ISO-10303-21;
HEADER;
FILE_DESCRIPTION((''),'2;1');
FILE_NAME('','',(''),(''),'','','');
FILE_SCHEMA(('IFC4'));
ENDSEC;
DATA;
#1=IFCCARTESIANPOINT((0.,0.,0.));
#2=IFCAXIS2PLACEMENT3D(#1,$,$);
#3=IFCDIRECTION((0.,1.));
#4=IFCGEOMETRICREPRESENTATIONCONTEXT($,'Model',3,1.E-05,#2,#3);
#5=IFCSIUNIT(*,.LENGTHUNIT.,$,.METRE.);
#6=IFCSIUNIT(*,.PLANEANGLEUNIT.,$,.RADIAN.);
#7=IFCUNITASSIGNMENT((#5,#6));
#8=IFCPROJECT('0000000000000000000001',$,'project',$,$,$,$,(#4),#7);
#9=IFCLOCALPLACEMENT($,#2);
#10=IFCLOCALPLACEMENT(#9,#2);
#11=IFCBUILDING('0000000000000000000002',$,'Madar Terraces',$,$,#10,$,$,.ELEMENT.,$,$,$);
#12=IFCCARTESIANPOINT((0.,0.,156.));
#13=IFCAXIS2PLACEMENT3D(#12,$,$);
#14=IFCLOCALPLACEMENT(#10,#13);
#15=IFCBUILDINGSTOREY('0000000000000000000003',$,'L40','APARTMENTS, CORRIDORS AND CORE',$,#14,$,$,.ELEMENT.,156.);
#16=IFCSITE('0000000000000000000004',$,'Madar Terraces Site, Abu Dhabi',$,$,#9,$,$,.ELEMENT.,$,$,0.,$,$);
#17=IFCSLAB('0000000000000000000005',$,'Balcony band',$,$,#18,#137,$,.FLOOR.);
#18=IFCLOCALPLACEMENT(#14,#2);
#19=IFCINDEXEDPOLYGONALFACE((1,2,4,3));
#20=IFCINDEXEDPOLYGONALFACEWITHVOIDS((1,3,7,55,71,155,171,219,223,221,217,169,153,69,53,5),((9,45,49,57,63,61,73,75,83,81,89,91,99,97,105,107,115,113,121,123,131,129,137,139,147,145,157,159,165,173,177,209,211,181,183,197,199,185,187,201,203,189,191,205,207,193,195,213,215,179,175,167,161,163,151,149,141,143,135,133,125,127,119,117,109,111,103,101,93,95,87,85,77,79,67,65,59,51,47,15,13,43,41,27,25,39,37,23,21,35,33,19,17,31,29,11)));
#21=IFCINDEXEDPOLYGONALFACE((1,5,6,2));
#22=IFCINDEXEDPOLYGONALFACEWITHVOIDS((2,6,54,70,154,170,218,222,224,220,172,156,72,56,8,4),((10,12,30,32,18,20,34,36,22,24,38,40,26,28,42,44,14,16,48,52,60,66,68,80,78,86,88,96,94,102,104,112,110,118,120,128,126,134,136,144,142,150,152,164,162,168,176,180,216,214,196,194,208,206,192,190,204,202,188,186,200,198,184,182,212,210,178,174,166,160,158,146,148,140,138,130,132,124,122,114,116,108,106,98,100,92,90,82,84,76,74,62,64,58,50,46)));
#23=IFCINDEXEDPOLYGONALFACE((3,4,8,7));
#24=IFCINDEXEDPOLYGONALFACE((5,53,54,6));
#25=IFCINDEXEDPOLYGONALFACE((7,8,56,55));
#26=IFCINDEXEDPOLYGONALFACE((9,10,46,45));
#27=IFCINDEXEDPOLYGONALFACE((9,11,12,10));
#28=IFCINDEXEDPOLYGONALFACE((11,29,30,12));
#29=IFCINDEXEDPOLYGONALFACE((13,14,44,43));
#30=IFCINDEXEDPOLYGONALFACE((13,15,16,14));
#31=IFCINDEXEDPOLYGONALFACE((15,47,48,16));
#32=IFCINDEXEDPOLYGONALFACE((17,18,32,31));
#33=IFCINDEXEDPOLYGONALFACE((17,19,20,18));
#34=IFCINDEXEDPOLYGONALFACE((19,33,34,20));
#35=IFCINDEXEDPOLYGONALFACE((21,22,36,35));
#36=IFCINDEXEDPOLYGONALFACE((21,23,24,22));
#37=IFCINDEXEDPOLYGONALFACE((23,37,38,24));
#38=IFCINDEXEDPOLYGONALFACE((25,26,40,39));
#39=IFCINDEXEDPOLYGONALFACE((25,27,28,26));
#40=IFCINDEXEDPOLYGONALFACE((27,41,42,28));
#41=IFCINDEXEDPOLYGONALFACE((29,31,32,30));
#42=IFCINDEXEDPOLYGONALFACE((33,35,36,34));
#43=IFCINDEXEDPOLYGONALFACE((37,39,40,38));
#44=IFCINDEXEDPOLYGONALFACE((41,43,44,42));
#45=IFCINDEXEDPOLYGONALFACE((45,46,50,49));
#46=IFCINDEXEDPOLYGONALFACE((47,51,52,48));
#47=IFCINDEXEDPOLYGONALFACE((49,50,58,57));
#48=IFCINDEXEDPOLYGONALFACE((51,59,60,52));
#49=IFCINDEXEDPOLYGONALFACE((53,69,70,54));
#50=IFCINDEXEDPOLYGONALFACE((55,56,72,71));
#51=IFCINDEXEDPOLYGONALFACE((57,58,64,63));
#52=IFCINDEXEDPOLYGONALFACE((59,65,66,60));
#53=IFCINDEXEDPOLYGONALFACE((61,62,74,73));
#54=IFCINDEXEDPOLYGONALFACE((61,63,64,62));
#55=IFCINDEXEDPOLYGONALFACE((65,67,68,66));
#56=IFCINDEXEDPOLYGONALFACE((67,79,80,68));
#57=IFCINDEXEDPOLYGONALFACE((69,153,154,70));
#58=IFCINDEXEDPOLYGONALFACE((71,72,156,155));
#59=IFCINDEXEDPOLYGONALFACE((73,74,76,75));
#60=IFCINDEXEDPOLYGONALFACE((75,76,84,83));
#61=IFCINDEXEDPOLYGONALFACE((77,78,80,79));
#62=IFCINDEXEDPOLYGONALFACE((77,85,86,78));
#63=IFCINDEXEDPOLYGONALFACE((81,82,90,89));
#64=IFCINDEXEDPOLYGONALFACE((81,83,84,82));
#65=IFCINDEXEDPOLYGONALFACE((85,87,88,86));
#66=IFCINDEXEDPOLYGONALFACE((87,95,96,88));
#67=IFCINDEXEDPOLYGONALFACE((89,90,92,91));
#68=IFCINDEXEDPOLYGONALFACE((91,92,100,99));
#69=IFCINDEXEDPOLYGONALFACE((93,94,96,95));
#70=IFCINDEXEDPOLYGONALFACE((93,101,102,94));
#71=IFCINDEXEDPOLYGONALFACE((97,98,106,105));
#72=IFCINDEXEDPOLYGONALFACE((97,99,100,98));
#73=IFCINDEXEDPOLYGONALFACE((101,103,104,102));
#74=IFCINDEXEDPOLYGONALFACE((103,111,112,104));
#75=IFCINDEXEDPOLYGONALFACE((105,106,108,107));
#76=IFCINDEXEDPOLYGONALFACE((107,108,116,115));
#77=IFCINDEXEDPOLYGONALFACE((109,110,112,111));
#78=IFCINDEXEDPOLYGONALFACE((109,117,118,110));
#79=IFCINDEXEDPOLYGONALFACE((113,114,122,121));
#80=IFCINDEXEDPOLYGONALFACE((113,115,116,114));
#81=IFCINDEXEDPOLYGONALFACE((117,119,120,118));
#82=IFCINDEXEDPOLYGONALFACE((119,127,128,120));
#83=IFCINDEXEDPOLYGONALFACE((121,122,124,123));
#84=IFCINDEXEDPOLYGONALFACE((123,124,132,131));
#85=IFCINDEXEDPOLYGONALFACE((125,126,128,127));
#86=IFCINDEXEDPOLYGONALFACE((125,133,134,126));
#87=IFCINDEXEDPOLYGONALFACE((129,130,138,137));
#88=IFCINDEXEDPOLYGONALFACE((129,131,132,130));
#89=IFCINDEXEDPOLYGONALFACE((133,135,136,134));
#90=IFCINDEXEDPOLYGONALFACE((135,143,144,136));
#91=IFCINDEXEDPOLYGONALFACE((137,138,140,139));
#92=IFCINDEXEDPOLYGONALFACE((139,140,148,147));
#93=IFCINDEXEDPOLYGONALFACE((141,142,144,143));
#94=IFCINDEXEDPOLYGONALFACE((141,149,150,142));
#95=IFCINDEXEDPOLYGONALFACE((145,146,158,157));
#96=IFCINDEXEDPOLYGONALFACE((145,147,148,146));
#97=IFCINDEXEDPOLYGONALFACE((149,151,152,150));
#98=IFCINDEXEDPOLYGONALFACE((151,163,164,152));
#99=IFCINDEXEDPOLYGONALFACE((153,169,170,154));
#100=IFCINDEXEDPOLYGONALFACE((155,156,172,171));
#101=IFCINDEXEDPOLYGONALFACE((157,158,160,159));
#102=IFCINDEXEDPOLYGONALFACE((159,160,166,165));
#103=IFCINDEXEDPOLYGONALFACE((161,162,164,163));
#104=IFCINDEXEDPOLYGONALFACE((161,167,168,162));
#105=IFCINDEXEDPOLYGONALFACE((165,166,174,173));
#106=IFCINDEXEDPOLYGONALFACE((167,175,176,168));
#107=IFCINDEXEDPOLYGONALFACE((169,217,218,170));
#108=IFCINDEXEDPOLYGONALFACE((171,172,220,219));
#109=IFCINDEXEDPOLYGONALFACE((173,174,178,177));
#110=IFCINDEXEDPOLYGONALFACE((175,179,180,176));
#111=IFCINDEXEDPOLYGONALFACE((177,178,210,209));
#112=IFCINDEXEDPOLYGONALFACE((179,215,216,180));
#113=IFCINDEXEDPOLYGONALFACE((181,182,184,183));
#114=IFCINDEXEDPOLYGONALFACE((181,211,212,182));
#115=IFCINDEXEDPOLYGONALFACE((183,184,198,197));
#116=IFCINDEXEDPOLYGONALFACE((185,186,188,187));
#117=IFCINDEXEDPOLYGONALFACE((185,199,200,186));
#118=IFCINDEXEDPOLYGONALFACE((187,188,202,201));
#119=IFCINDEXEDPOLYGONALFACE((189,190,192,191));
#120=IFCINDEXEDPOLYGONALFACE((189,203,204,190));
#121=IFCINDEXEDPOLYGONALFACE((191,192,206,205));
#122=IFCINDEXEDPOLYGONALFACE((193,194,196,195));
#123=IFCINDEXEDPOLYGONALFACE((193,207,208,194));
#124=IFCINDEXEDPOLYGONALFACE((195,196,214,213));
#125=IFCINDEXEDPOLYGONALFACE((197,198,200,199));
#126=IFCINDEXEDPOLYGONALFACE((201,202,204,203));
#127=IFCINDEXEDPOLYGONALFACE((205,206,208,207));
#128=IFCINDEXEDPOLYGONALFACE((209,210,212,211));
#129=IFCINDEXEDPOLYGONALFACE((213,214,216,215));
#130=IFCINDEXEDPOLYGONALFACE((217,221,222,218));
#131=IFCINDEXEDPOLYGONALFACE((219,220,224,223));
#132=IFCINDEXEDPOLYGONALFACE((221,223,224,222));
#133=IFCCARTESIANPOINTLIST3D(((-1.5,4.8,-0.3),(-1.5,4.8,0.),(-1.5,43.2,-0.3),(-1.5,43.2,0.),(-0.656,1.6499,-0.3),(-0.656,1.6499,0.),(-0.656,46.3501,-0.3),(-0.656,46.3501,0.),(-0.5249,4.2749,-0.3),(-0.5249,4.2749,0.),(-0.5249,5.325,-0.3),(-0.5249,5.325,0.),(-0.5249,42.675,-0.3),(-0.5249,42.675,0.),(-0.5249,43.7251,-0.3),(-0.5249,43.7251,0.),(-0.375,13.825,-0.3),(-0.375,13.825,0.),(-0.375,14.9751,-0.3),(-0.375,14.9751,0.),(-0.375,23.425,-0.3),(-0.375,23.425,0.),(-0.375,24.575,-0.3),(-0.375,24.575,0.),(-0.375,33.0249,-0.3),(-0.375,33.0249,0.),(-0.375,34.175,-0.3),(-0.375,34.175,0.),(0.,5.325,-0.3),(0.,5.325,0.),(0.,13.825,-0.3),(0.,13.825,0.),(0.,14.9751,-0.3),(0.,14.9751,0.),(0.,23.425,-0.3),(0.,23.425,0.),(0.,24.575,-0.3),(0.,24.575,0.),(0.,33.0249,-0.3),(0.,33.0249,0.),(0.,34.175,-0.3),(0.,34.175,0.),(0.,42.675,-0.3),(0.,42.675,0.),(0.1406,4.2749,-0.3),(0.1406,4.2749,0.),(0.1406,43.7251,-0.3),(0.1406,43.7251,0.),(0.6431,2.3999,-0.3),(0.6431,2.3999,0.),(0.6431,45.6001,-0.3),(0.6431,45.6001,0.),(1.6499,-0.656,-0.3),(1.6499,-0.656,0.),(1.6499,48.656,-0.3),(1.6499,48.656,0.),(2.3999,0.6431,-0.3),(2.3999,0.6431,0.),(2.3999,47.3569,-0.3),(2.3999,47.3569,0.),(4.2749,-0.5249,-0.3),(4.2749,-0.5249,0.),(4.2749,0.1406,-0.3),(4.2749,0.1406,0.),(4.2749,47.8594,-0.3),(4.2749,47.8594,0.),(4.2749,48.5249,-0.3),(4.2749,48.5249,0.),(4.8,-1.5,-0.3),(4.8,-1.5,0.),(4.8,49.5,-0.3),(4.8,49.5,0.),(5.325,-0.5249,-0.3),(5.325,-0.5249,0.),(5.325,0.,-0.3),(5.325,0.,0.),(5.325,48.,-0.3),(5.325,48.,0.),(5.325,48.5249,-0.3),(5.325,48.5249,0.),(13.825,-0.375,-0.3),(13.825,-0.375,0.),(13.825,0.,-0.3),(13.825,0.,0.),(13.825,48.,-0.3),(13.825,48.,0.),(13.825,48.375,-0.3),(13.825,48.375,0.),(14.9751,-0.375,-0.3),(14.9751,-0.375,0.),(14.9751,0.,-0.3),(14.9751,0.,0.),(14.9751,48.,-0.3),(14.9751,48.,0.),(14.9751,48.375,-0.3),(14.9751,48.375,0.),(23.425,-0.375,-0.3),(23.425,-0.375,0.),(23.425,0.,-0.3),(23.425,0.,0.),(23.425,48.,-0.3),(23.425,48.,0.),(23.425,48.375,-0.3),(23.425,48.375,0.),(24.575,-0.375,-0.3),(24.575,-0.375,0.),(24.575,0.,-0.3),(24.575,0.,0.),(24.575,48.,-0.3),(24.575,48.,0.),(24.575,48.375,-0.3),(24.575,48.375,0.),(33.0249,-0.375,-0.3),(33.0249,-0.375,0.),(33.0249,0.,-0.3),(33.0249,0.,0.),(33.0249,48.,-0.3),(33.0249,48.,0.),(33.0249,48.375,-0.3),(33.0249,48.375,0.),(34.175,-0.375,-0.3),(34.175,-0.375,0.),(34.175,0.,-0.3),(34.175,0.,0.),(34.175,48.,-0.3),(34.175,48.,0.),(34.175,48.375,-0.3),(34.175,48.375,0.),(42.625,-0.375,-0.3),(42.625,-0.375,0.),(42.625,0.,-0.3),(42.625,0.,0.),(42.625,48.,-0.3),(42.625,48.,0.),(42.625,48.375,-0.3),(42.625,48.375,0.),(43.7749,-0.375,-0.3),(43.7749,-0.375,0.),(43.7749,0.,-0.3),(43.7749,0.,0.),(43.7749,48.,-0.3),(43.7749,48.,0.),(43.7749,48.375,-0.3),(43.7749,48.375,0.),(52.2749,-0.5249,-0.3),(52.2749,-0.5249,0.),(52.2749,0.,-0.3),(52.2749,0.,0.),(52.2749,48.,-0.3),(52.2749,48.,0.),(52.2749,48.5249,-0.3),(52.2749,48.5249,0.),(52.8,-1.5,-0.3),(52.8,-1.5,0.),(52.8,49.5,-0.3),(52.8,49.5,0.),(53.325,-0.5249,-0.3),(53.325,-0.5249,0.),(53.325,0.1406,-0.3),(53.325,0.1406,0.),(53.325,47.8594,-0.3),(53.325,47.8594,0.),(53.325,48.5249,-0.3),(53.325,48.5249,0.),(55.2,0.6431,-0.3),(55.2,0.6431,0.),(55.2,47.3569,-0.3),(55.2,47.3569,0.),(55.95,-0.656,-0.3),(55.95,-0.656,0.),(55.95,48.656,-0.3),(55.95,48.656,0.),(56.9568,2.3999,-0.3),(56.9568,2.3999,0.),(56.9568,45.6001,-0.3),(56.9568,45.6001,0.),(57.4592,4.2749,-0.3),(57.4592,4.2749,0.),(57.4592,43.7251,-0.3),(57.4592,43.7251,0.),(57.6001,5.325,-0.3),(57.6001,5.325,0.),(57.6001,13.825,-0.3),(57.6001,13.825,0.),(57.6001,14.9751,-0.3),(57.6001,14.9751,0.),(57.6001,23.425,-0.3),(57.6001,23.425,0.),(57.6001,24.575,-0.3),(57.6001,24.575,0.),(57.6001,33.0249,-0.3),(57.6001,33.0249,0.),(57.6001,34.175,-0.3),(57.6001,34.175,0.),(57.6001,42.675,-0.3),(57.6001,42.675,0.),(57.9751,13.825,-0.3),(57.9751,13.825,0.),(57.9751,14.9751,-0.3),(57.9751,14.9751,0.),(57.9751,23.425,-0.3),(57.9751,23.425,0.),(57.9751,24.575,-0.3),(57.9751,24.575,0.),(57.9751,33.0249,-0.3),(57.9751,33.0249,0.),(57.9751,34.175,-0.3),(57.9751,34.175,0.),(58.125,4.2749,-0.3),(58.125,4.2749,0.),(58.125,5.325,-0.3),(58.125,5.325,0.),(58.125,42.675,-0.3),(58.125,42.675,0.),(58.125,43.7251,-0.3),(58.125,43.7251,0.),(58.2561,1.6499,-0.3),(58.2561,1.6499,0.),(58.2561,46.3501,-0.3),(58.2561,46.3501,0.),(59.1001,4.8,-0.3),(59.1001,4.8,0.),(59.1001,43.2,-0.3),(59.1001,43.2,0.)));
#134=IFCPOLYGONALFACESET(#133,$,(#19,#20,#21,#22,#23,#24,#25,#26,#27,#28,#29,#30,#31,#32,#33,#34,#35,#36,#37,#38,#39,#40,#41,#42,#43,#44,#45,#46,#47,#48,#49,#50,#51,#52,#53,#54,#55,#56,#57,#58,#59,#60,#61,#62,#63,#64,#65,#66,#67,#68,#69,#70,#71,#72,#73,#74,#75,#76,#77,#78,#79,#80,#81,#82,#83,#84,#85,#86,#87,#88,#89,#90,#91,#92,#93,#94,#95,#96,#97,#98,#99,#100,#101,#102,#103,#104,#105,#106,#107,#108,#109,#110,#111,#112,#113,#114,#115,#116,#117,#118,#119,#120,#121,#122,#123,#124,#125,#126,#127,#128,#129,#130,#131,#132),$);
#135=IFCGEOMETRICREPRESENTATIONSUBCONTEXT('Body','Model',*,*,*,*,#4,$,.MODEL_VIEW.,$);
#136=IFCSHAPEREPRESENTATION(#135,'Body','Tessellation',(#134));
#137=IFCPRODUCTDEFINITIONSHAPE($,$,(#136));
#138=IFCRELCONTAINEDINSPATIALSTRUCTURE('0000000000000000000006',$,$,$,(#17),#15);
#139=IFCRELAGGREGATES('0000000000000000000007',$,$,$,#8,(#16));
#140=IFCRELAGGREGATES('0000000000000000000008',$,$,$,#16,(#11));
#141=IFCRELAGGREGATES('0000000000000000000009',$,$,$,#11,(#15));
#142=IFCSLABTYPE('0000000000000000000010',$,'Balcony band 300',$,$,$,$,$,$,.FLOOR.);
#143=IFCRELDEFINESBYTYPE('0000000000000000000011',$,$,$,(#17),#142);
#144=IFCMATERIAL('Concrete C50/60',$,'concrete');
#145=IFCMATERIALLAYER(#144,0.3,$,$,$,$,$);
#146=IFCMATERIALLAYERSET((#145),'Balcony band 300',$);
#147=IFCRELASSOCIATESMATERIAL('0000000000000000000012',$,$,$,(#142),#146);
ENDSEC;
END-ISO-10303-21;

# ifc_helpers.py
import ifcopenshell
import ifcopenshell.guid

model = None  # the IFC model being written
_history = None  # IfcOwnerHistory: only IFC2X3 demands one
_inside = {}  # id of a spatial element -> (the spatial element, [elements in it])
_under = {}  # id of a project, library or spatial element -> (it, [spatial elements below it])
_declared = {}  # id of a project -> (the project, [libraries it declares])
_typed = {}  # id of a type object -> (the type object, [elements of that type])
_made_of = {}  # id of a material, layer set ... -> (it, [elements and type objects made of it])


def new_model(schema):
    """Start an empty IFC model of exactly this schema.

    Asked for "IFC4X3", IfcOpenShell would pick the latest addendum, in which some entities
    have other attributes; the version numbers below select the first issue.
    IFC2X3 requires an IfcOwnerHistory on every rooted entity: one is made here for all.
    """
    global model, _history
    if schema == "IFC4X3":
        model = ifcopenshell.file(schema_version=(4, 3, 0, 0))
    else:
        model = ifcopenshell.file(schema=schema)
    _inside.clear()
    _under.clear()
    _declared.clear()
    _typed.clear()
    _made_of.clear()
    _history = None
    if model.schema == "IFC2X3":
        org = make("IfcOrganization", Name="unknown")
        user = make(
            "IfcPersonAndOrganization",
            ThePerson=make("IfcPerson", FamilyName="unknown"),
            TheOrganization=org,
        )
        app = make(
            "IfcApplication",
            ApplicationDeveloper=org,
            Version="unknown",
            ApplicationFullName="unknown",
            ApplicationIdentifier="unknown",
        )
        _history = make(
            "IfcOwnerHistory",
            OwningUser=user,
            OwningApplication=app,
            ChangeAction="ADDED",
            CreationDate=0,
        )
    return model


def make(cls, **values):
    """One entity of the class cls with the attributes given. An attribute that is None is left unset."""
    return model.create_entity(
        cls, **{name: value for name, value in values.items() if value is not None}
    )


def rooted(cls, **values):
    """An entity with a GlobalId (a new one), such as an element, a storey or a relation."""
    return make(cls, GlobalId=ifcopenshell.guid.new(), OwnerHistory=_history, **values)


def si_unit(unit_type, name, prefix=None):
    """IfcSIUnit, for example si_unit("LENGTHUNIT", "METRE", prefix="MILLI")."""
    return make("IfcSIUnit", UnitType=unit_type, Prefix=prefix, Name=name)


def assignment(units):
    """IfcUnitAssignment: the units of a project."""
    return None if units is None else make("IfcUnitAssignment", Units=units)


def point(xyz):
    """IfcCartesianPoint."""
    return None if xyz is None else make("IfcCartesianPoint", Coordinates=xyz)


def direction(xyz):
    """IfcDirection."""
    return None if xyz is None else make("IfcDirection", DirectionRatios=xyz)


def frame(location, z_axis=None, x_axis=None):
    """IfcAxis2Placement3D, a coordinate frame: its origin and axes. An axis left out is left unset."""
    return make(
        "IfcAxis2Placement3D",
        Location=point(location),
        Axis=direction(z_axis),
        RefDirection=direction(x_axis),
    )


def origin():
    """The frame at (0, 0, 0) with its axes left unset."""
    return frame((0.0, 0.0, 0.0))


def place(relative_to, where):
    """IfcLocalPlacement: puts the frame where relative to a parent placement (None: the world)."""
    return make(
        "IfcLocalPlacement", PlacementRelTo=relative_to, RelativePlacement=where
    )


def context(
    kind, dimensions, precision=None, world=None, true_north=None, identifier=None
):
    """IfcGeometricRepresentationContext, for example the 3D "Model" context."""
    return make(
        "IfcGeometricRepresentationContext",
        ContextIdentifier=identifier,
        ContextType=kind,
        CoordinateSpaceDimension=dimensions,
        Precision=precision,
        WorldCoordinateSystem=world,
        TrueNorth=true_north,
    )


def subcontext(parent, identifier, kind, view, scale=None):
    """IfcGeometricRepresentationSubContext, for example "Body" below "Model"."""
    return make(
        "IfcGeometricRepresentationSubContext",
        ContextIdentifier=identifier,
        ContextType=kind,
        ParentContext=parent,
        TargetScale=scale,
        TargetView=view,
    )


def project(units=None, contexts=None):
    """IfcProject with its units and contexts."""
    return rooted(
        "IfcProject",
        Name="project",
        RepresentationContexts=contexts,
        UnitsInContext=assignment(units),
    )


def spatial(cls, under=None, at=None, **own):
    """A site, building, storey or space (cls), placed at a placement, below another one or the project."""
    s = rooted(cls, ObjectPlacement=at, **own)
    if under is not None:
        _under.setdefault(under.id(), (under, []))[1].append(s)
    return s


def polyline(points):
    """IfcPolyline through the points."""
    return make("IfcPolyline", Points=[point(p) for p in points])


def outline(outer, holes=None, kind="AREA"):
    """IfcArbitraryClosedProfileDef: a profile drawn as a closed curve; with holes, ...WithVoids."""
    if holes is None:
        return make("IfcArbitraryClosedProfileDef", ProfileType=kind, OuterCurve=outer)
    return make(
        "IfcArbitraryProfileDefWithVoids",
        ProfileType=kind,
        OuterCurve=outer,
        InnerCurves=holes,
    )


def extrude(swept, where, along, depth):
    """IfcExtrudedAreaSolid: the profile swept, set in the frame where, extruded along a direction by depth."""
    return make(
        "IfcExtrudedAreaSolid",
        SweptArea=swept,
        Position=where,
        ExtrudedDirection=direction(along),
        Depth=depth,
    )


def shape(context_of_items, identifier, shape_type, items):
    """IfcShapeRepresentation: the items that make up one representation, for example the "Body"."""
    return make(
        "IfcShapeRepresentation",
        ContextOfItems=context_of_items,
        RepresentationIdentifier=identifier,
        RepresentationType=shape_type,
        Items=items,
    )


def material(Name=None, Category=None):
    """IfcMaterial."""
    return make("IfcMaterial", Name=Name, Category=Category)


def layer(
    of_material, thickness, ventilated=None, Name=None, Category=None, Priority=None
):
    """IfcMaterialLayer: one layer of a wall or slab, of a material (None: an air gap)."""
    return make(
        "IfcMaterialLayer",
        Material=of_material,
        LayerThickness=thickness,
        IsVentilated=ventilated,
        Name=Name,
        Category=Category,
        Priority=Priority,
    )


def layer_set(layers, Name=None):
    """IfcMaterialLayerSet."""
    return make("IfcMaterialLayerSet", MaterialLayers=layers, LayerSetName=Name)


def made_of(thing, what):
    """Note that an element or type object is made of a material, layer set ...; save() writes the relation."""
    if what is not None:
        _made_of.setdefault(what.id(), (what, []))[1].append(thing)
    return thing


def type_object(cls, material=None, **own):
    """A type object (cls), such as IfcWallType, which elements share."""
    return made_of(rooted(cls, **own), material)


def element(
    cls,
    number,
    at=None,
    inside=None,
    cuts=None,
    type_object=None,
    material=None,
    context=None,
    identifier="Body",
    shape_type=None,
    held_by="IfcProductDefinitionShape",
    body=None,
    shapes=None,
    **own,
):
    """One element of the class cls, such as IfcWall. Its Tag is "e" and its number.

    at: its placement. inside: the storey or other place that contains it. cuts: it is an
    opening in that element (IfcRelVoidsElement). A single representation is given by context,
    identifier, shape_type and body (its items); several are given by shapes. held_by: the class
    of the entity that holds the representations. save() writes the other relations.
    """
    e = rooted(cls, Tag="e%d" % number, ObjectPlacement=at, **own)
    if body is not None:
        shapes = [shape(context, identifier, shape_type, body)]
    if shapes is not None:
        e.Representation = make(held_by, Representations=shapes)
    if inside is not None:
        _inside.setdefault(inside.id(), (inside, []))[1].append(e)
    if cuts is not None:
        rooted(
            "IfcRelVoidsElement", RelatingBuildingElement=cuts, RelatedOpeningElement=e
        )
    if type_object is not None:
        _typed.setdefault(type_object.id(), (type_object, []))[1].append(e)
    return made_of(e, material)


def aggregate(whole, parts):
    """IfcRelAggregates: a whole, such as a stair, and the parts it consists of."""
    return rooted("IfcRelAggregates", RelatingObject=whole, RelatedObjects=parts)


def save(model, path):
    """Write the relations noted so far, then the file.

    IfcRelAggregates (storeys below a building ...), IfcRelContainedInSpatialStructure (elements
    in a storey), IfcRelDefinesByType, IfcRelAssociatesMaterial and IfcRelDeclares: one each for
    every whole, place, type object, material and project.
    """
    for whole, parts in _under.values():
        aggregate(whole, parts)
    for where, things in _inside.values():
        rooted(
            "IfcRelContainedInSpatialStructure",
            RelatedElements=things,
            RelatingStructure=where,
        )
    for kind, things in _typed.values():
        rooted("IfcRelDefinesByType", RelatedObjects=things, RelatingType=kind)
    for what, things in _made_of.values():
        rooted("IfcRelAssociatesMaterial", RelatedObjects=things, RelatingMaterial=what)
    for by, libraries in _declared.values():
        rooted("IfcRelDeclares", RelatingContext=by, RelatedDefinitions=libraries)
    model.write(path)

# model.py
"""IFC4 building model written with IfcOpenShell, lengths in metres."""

from ifc_helpers import new_model, si_unit, direction, frame, origin, place, context, subcontext, project, spatial, polyline, outline, extrude, material, layer, layer_set, type_object, element, save


model = new_model("IFC4")

# Units and contexts
model_context = context("Model", 3, precision=1e-05, world=origin(), true_north=direction((0.0, 1.0)))
body_context = subcontext(model_context, "Body", "Model", "MODEL_VIEW")
ifc_project = project(units=[si_unit("LENGTHUNIT", "METRE"), si_unit("PLANEANGLEUNIT", "RADIAN")], contexts=[model_context])

# Site, building, storey
site_placement = place(None, origin())
site = spatial("IfcSite", under=ifc_project, at=site_placement, Name="Madar Terraces Site, Abu Dhabi", CompositionType="ELEMENT", RefElevation=0.0)
building_placement = place(site_placement, origin())
building = spatial("IfcBuilding", under=site, at=building_placement, Name="Madar Terraces", CompositionType="ELEMENT")
storey_placement = place(building_placement, frame((0.0, 0.0, 156.0)))
storey = spatial("IfcBuildingStorey", under=building, at=storey_placement, Name="L40", Description="APARTMENTS, CORRIDORS AND CORE", CompositionType="ELEMENT", Elevation=156.0)

# Slab
ifc_material_1 = material(Name="Concrete C50/60", Category="concrete")
ifc_layer_1 = layer(ifc_material_1, 0.3)
ifc_layer_set_1 = layer_set([ifc_layer_1], Name="Balcony band 300")
slab_type_1 = type_object("IfcSlabType", Name="Balcony band 300", PredefinedType="FLOOR", material=ifc_layer_set_1)
slab_1_placement = place(storey_placement, frame((0.0, 0.0, -0.3)))
element("IfcSlab", 1, at=slab_1_placement, inside=storey, type_object=slab_type_1, Name="Balcony band", PredefinedType="FLOOR", context=body_context, shape_type="SweptSolid", body=[
    extrude(outline(polyline([(4.8, -1.5), (1.6499, -0.656), (-0.656, 1.6499), (-1.5, 4.8), (-1.5, 43.2), (-0.656, 46.3501), (1.6499, 48.656), (4.8, 49.5), (52.8, 49.5), (55.95, 48.656), (58.2561, 46.3501), (59.1001, 43.2), (59.1001, 4.8), (58.2561, 1.6499), (55.95, -0.656), (52.8, -1.5), (4.8, -1.5)]), holes=[polyline([(5.325, -0.5249), (5.325, 0.0), (13.825, 0.0), (13.825, -0.375), (14.9751, -0.375), (14.9751, 0.0), (23.425, 0.0), (23.425, -0.375), (24.575, -0.375), (24.575, 0.0), (33.0249, 0.0), (33.0249, -0.375), (34.175, -0.375), (34.175, 0.0), (42.625, 0.0), (42.625, -0.375), (43.7749, -0.375), (43.7749, 0.0), (52.2749, 0.0), (52.2749, -0.5249), (53.325, -0.5249), (53.325, 0.1406), (55.2, 0.6431), (56.9568, 2.3999), (57.4592, 4.2749), (58.125, 4.2749), (58.125, 5.325), (57.6001, 5.325), (57.6001, 13.825), (57.9751, 13.825), (57.9751, 14.9751), (57.6001, 14.9751), (57.6001, 23.425), (57.9751, 23.425), (57.9751, 24.575), (57.6001, 24.575), (57.6001, 33.0249), (57.9751, 33.0249), (57.9751, 34.175), (57.6001, 34.175), (57.6001, 42.675), (58.125, 42.675), (58.125, 43.7251), (57.4592, 43.7251), (56.9568, 45.6001), (55.2, 47.3569), (53.325, 47.8594), (53.325, 48.5249), (52.2749, 48.5249), (52.2749, 48.0), (43.7749, 48.0), (43.7749, 48.375), (42.625, 48.375), (42.625, 48.0), (34.175, 48.0), (34.175, 48.375), (33.0249, 48.375), (33.0249, 48.0), (24.575, 48.0), (24.575, 48.375), (23.425, 48.375), (23.425, 48.0), (14.9751, 48.0), (14.9751, 48.375), (13.825, 48.375), (13.825, 48.0), (5.325, 48.0), (5.325, 48.5249), (4.2749, 48.5249), (4.2749, 47.8594), (2.3999, 47.3569), (0.6431, 45.6001), (0.1406, 43.7251), (-0.5249, 43.7251), (-0.5249, 42.675), (0.0, 42.675), (0.0, 34.175), (-0.375, 34.175), (-0.375, 33.0249), (0.0, 33.0249), (0.0, 24.575), (-0.375, 24.575), (-0.375, 23.425), (0.0, 23.425), (0.0, 14.9751), (-0.375, 14.9751), (-0.375, 13.825), (0.0, 13.825), (0.0, 5.325), (-0.5249, 5.325), (-0.5249, 4.2749), (0.1406, 4.2749), (0.6431, 2.3999), (2.3999, 0.6431), (4.2749, 0.1406), (4.2749, -0.5249), (5.325, -0.5249)])]), origin(), (0.0, 0.0, 1.0), 0.3),
])

save(model, "model.ifc")
